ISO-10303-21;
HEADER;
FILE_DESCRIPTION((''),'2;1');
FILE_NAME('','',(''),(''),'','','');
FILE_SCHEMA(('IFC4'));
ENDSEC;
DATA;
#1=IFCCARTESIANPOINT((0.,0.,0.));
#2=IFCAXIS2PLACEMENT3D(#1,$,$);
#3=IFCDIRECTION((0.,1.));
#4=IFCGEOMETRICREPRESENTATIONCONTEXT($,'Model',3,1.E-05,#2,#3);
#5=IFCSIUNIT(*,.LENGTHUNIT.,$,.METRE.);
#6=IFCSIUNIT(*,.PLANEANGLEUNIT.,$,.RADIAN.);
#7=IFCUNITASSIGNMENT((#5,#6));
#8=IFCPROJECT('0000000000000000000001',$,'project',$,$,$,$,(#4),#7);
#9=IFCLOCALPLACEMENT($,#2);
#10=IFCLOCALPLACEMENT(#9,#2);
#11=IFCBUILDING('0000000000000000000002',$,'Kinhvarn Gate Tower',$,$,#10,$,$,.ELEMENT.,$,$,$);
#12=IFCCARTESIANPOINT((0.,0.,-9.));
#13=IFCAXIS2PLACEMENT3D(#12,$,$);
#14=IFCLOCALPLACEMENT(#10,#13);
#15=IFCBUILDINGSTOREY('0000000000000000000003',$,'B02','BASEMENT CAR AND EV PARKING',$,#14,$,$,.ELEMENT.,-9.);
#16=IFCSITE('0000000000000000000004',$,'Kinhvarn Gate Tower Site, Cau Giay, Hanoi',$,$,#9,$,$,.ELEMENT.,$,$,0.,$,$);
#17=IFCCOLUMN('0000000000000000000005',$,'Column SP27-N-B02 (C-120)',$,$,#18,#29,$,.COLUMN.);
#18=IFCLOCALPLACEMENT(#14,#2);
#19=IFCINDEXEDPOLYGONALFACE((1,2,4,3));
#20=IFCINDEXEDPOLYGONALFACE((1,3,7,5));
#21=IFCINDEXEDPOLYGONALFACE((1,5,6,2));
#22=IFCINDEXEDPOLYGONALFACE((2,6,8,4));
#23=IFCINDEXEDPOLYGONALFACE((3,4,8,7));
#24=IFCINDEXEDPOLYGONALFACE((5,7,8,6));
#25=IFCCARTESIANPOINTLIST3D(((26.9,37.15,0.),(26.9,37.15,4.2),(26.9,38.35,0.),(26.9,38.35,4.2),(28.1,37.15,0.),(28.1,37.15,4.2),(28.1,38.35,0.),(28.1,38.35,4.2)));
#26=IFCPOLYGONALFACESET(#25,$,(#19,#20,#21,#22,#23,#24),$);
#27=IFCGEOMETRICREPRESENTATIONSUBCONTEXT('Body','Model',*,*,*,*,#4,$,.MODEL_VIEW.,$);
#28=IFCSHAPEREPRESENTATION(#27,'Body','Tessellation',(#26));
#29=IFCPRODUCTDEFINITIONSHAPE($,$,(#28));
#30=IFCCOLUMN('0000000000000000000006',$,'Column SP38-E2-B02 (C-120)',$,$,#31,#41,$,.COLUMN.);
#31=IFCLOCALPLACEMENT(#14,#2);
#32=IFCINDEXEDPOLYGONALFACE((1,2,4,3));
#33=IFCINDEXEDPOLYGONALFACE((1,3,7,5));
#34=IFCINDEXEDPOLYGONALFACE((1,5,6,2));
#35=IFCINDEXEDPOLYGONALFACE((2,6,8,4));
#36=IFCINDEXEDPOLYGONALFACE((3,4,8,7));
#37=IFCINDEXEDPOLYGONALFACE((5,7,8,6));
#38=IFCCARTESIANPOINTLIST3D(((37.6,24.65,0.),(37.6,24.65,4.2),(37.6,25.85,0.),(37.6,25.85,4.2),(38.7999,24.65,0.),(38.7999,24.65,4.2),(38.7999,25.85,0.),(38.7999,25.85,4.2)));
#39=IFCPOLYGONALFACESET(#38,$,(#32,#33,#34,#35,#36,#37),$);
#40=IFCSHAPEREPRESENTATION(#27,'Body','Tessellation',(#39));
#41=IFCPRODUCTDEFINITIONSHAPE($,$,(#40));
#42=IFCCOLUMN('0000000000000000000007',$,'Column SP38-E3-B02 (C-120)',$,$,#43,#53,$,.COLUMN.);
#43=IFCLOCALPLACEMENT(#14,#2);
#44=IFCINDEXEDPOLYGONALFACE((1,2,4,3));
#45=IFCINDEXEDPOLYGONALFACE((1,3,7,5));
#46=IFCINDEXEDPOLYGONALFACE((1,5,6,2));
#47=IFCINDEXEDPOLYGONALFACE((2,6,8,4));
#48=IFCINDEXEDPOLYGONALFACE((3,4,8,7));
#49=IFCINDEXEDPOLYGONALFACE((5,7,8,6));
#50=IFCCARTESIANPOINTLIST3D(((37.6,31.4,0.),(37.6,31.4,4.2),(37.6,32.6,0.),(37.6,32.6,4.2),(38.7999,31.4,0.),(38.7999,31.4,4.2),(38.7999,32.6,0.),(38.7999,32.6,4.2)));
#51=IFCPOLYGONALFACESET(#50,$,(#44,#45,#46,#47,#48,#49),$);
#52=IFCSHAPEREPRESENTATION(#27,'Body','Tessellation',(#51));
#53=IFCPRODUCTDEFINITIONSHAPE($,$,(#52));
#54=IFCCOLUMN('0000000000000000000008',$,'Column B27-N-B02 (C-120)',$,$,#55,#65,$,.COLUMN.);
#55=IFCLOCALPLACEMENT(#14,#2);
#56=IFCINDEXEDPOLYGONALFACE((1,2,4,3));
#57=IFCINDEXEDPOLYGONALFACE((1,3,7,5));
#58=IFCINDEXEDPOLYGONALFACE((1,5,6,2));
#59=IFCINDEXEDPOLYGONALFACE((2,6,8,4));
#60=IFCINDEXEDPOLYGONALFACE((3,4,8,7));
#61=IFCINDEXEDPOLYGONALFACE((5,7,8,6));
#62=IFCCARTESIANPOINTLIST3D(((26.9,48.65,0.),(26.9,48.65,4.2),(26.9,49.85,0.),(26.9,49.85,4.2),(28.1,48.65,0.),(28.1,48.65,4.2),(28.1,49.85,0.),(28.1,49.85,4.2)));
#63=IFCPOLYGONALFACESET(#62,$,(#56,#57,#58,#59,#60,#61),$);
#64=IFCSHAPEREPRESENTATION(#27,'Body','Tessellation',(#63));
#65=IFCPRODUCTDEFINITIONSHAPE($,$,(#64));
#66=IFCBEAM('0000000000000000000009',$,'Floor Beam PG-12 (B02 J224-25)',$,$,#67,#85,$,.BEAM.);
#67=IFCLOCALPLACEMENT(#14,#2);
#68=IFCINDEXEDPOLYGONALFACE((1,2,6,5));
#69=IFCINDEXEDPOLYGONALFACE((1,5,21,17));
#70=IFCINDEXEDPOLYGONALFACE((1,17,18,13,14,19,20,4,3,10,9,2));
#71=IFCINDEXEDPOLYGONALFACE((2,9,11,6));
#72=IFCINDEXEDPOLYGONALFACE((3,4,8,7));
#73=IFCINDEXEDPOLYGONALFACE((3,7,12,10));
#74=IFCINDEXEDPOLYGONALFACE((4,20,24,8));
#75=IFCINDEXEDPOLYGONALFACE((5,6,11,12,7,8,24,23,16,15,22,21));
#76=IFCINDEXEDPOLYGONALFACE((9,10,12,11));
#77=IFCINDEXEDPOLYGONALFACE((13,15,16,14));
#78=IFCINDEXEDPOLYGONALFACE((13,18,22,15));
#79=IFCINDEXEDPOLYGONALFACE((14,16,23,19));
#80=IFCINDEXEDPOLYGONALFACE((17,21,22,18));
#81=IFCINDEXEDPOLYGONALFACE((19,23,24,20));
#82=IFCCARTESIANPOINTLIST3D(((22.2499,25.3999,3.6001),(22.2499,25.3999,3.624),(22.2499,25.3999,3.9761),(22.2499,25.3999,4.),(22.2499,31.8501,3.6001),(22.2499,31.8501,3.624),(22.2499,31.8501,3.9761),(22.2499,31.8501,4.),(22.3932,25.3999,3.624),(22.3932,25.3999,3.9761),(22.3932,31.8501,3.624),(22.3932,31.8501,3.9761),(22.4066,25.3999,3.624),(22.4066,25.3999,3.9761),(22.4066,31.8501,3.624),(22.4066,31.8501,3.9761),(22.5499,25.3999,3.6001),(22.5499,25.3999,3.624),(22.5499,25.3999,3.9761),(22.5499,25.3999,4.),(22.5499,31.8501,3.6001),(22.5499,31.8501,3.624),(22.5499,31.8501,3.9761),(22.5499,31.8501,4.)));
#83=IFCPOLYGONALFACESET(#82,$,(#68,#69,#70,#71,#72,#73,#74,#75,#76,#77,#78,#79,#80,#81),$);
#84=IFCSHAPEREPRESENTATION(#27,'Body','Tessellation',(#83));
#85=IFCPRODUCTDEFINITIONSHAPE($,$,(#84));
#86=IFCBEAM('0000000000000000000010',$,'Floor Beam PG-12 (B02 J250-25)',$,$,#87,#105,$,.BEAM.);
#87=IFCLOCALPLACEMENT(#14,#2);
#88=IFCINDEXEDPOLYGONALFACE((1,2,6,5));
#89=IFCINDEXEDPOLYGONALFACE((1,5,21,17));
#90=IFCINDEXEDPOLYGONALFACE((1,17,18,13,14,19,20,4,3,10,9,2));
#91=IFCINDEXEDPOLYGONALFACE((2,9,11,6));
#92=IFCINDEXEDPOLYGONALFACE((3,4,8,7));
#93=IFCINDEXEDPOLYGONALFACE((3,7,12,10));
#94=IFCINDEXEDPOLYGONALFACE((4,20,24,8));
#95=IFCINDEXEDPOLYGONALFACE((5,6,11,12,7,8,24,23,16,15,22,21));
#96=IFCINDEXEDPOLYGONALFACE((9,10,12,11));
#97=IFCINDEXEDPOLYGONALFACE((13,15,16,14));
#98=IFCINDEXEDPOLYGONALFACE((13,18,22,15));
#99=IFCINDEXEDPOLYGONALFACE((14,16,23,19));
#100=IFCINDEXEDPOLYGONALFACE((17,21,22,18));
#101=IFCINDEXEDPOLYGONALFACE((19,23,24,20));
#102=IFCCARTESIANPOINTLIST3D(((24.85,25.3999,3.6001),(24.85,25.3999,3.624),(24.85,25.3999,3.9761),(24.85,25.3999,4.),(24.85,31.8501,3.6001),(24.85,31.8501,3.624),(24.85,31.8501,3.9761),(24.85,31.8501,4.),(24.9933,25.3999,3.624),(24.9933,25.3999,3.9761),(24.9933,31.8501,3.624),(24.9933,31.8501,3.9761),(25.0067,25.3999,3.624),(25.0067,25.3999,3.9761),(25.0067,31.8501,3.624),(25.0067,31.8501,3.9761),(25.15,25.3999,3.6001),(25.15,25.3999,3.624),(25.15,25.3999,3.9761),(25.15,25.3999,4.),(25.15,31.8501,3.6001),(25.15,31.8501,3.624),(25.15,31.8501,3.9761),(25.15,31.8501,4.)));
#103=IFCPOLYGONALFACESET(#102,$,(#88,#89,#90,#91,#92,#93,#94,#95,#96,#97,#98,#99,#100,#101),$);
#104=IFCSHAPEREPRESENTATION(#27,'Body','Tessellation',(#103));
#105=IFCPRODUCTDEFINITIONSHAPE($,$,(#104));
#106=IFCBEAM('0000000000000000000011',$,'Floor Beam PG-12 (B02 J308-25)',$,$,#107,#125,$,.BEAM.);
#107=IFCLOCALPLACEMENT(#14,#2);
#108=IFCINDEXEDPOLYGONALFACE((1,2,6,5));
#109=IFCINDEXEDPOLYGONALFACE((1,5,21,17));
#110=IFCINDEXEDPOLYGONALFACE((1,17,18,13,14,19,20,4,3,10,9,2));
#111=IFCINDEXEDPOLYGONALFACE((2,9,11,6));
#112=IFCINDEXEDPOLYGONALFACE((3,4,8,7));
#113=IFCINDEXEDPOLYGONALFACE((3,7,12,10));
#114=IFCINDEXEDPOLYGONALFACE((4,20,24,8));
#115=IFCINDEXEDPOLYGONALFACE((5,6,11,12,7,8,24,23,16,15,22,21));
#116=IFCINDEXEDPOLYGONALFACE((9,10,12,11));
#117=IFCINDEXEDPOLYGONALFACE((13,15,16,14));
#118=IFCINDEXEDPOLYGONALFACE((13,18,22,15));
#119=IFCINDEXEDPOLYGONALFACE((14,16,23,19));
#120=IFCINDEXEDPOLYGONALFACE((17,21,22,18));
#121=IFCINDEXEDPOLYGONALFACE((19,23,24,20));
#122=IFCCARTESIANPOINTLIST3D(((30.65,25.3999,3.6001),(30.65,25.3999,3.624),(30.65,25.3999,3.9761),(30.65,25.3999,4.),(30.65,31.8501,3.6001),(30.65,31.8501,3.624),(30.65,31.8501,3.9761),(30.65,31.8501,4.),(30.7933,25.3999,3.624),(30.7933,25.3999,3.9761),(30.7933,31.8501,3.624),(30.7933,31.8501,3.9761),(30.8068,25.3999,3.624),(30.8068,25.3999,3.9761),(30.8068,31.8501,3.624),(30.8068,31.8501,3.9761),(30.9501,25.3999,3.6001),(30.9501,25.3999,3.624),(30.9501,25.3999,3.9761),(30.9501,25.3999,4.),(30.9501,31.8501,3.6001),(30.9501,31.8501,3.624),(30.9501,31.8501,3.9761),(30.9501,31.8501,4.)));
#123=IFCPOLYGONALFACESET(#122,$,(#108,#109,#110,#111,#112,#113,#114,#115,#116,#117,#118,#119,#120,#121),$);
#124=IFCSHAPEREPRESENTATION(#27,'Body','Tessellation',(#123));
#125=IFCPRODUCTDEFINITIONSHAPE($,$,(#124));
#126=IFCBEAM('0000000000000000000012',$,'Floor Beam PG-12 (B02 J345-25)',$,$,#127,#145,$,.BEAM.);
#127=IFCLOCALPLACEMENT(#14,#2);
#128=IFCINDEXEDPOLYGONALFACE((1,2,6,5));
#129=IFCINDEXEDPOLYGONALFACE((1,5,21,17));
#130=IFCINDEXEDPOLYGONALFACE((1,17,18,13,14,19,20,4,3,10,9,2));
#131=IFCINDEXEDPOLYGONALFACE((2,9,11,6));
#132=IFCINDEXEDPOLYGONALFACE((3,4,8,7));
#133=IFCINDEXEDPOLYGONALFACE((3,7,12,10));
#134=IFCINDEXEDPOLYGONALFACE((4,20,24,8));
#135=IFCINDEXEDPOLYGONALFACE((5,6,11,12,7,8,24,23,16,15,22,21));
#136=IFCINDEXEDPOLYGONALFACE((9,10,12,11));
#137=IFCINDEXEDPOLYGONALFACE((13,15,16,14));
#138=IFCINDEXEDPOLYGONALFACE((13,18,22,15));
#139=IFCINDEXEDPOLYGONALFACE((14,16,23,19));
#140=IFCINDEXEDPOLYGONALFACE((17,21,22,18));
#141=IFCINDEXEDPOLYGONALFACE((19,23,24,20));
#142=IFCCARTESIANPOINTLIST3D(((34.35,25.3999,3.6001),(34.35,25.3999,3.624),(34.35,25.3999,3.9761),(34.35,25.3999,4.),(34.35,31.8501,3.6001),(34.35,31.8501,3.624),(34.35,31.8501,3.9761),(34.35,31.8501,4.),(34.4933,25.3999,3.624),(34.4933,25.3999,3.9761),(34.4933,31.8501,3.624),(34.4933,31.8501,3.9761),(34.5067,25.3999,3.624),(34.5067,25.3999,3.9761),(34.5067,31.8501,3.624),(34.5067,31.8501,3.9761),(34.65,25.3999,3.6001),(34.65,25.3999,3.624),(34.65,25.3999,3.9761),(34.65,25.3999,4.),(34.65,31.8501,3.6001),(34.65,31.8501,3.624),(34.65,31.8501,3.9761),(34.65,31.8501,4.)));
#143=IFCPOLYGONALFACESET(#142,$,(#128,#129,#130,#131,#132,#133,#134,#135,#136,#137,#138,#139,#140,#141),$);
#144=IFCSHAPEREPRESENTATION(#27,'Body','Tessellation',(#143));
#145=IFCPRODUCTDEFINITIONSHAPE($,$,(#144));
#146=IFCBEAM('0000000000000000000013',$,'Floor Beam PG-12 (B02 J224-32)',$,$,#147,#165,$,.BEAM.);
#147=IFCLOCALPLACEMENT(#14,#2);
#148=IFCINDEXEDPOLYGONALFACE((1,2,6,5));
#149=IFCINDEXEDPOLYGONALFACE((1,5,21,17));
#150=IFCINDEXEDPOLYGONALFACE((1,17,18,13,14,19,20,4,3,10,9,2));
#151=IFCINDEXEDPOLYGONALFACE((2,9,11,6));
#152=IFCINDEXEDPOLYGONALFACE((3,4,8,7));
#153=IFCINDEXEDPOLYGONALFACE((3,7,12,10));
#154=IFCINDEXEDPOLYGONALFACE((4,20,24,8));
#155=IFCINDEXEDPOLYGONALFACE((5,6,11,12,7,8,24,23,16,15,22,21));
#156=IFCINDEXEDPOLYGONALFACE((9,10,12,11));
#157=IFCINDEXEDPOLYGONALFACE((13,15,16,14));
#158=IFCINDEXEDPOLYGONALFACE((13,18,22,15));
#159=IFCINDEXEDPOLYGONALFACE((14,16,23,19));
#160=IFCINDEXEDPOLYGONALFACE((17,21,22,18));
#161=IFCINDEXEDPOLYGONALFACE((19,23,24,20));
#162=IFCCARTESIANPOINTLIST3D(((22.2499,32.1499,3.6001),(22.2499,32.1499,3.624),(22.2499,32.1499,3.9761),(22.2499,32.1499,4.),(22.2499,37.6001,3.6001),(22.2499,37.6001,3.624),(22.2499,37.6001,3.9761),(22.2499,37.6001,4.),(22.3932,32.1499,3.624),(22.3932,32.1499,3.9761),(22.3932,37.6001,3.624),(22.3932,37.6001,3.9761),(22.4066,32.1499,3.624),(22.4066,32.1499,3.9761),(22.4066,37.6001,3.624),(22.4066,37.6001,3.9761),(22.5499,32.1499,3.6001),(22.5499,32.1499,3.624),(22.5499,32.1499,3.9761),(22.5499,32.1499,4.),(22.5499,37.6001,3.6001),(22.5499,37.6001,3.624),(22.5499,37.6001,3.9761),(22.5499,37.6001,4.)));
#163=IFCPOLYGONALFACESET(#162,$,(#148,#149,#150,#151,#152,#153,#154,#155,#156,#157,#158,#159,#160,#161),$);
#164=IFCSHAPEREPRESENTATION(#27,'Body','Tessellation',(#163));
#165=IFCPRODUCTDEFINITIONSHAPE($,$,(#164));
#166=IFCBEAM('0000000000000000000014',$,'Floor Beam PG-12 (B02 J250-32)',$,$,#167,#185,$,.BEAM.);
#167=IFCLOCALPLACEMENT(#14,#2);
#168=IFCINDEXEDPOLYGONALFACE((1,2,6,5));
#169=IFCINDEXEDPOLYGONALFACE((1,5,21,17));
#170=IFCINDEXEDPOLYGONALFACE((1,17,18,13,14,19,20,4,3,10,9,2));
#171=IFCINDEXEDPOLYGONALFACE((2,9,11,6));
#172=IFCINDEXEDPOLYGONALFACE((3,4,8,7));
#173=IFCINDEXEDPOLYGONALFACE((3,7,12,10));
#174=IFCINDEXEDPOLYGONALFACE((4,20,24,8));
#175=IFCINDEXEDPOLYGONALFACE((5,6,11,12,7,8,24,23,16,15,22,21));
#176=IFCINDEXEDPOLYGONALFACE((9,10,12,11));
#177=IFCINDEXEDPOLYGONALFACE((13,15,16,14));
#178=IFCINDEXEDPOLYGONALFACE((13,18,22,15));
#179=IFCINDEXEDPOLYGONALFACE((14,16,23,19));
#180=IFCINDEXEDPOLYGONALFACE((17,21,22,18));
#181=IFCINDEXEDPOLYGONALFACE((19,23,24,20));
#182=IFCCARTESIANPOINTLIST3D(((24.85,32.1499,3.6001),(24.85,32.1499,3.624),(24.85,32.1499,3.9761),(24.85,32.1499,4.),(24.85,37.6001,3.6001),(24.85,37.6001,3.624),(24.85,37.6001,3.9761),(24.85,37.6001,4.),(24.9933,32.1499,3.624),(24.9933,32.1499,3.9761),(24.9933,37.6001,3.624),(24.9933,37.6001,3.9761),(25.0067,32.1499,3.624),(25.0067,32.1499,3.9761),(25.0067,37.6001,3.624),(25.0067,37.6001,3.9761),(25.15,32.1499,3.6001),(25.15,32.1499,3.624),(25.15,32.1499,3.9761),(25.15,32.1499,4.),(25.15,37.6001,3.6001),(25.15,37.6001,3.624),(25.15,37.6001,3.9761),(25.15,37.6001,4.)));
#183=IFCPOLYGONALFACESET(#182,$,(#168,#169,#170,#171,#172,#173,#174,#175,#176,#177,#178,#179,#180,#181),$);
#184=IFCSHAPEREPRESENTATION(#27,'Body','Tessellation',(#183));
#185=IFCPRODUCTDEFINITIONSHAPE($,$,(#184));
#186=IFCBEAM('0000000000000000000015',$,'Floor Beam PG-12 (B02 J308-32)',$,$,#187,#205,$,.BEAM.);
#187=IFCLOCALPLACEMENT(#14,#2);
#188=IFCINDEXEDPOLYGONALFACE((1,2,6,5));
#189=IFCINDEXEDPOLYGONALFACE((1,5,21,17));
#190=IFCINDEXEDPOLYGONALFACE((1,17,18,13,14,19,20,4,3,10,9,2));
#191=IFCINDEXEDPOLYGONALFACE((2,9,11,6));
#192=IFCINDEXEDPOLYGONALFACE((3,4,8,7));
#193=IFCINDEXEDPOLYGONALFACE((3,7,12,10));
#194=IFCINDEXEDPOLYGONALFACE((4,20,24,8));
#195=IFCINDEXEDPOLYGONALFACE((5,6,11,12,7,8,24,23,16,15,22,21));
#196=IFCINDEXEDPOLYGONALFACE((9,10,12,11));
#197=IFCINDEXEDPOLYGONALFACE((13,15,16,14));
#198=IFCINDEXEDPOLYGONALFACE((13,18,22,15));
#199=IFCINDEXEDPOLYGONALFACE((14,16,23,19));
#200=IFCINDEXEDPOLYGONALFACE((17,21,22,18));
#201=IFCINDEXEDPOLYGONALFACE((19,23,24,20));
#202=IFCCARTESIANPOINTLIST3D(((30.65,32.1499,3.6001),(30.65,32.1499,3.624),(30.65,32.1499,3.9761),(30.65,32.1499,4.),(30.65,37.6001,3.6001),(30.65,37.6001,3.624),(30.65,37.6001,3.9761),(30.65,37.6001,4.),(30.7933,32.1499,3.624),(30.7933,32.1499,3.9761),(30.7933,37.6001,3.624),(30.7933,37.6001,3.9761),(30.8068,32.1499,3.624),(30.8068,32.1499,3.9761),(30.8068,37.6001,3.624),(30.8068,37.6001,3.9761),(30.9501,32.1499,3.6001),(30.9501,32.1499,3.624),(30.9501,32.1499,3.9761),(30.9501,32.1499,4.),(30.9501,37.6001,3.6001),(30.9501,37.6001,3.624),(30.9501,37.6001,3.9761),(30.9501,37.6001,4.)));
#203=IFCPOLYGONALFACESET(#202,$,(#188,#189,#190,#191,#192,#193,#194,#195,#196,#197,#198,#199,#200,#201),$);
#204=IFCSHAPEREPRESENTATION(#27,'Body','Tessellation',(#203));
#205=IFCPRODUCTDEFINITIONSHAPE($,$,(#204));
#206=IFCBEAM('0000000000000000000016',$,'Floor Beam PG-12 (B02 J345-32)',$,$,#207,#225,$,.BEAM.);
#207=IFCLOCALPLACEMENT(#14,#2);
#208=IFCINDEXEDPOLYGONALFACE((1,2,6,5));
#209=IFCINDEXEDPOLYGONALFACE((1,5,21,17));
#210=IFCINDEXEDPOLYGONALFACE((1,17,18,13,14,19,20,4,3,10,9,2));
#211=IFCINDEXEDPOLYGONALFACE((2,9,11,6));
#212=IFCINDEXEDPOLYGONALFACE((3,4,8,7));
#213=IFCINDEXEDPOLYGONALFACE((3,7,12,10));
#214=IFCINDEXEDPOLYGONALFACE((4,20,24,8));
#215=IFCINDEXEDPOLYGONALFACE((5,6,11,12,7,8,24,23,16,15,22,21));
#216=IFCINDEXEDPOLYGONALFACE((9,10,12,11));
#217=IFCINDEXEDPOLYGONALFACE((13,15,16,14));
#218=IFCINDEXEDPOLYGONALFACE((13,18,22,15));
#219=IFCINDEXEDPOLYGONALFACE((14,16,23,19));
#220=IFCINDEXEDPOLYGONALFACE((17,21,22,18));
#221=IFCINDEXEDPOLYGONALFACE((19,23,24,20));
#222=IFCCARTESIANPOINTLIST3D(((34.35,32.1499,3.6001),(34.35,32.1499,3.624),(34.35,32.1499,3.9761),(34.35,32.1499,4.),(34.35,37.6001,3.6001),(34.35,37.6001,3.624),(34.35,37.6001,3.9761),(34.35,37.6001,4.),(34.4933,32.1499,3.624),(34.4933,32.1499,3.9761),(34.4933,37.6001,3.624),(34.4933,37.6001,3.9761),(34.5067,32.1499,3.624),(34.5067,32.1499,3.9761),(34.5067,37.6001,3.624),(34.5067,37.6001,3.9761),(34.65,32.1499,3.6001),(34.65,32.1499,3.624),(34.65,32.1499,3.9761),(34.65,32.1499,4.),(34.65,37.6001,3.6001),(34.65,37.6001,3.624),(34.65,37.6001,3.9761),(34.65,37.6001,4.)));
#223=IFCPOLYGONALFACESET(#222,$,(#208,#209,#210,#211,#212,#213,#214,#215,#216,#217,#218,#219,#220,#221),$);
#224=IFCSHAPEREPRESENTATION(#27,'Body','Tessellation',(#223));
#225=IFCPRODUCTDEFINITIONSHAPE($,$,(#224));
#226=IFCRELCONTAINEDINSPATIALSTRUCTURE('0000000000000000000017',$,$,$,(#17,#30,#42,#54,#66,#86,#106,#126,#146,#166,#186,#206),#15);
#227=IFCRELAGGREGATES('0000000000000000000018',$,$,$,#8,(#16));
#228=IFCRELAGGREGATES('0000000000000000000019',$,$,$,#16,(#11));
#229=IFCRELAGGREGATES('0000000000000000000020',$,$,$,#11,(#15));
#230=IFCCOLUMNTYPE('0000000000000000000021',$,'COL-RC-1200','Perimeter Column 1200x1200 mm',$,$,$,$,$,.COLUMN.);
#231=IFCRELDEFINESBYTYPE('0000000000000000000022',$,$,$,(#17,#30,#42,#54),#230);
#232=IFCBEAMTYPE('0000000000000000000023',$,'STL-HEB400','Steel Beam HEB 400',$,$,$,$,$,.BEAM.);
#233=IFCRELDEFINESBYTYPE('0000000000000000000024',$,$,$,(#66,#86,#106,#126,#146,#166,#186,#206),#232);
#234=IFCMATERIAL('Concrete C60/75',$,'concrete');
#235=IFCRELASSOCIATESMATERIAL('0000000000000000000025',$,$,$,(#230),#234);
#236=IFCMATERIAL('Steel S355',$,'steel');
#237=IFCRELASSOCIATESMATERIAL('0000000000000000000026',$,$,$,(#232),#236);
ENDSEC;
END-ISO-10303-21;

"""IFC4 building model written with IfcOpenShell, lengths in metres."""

from ifc_helpers import new_model, si_unit, direction, frame, origin, origin_2d, place, context, subcontext, project, spatial, rectangle, i_section, extrude, material, material_profile, profile_set, type_object, element, save


model = new_model("IFC4")

# Units and contexts
model_context = context("Model", 3, precision=1e-05, world=origin(), true_north=direction((0.0, 1.0)))
body_context = subcontext(model_context, "Body", "Model", "MODEL_VIEW")
ifc_project = project(units=[si_unit("LENGTHUNIT", "METRE"), si_unit("PLANEANGLEUNIT", "RADIAN")], contexts=[model_context])

# Site, building, storey
site_placement = place(None, origin())
site = spatial("IfcSite", under=ifc_project, at=site_placement, Name="Kinhvarn Gate Tower Site, Cau Giay, Hanoi", CompositionType="ELEMENT", RefElevation=0.0)
building_placement = place(site_placement, origin())
building = spatial("IfcBuilding", under=site, at=building_placement, Name="Kinhvarn Gate Tower", CompositionType="ELEMENT")
storey_placement = place(building_placement, frame((0.0, 0.0, -9.0)))
storey = spatial("IfcBuildingStorey", under=building, at=storey_placement, Name="B02", Description="BASEMENT CAR AND EV PARKING", CompositionType="ELEMENT", Elevation=-9.0)

# Columns
ifc_material_1 = material(Name="Concrete C60/75", Category="concrete")
ifc_material_profile_1 = material_profile(ifc_material_1, rectangle(XDim=1.2, YDim=1.2, at=origin_2d()), Name="RC 1200x1200")
ifc_profile_set_1 = profile_set([ifc_material_profile_1], Name="Concrete C60/75")
column_type = type_object("IfcColumnType", Name="COL-RC-1200", Description="Perimeter Column 1200x1200 mm", PredefinedType="COLUMN", material=ifc_profile_set_1)
for number, where, z_axis, x_axis, name in (
    (1, (27.5, 37.75, 0.0), (0.0, 0.0, 1.0), (1.0, 0.0, 0.0), "Column SP27-N-B02 (C-120)"),
    (2, (38.2, 25.25, 0.0), (0.0, 0.0, 1.0), (1.0, 0.0, 0.0), "Column SP38-E2-B02 (C-120)"),
    (3, (38.2, 32.0, 0.0), (0.0, 0.0, 1.0), (1.0, 0.0, 0.0), "Column SP38-E3-B02 (C-120)"),
    (4, (27.5, 49.25, 0.0), (0.0, 0.0, 1.0), (1.0, 0.0, 0.0), "Column B27-N-B02 (C-120)"),
):
    element("IfcColumn", number, at=place(storey_placement, frame(where, z_axis=z_axis, x_axis=x_axis)), inside=storey, type_object=column_type, Name=name, PredefinedType="COLUMN", context=body_context, shape_type="SweptSolid", body=[
        extrude(rectangle(XDim=1.2, YDim=1.2, at=origin_2d()), origin(), (0.0, 0.0, 1.0), 4.2),
    ])

# Beams
ifc_material_2 = material(Name="Steel S355", Category="steel")
ifc_material_profile_2 = material_profile(ifc_material_2, i_section(OverallWidth=0.3, OverallDepth=0.3999, WebThickness=0.0134, FlangeThickness=0.0239, at=origin_2d()), Name="HEB 400")
ifc_profile_set_2 = profile_set([ifc_material_profile_2], Name="Steel S355")
beam_type_1 = type_object("IfcBeamType", Name="STL-HEB400", Description="Steel Beam HEB 400", PredefinedType="BEAM", material=ifc_profile_set_2)
for number, where, z_axis, x_axis, name in (
    (5, (22.3999, 25.3999, 3.8), (0.0, 1.0, 0.0), (-1.0, 0.0, 0.0), "Floor Beam PG-12 (B02 J224-25)"),
    (6, (25.0, 25.3999, 3.8), (0.0, 1.0, 0.0), (-1.0, 0.0, 0.0), "Floor Beam PG-12 (B02 J250-25)"),
    (7, (30.8, 25.3999, 3.8), (0.0, 1.0, 0.0), (-1.0, 0.0, 0.0), "Floor Beam PG-12 (B02 J308-25)"),
    (8, (34.5, 25.3999, 3.8), (0.0, 1.0, 0.0), (-1.0, 0.0, 0.0), "Floor Beam PG-12 (B02 J345-25)"),
):
    element("IfcBeam", number, at=place(storey_placement, frame(where, z_axis=z_axis, x_axis=x_axis)), inside=storey, type_object=beam_type_1, Name=name, PredefinedType="BEAM", context=body_context, shape_type="SweptSolid", body=[
        extrude(i_section(OverallWidth=0.3, OverallDepth=0.3999, WebThickness=0.0134, FlangeThickness=0.0239, at=origin_2d()), origin(), (0.0, 0.0, 1.0), 6.4502),
    ])
for number, where, z_axis, x_axis, name in (
    (9, (22.3999, 32.1499, 3.8), (0.0, 1.0, 0.0), (-1.0, 0.0, 0.0), "Floor Beam PG-12 (B02 J224-32)"),
    (10, (25.0, 32.1499, 3.8), (0.0, 1.0, 0.0), (-1.0, 0.0, 0.0), "Floor Beam PG-12 (B02 J250-32)"),
    (11, (30.8, 32.1499, 3.8), (0.0, 1.0, 0.0), (-1.0, 0.0, 0.0), "Floor Beam PG-12 (B02 J308-32)"),
    (12, (34.5, 32.1499, 3.8), (0.0, 1.0, 0.0), (-1.0, 0.0, 0.0), "Floor Beam PG-12 (B02 J345-32)"),
):
    element("IfcBeam", number, at=place(storey_placement, frame(where, z_axis=z_axis, x_axis=x_axis)), inside=storey, type_object=beam_type_1, Name=name, PredefinedType="BEAM", context=body_context, shape_type="SweptSolid", body=[
        extrude(i_section(OverallWidth=0.3, OverallDepth=0.3999, WebThickness=0.0134, FlangeThickness=0.0239, at=origin_2d()), origin(), (0.0, 0.0, 1.0), 5.4502),
    ])

save(model, "model.ifc")
